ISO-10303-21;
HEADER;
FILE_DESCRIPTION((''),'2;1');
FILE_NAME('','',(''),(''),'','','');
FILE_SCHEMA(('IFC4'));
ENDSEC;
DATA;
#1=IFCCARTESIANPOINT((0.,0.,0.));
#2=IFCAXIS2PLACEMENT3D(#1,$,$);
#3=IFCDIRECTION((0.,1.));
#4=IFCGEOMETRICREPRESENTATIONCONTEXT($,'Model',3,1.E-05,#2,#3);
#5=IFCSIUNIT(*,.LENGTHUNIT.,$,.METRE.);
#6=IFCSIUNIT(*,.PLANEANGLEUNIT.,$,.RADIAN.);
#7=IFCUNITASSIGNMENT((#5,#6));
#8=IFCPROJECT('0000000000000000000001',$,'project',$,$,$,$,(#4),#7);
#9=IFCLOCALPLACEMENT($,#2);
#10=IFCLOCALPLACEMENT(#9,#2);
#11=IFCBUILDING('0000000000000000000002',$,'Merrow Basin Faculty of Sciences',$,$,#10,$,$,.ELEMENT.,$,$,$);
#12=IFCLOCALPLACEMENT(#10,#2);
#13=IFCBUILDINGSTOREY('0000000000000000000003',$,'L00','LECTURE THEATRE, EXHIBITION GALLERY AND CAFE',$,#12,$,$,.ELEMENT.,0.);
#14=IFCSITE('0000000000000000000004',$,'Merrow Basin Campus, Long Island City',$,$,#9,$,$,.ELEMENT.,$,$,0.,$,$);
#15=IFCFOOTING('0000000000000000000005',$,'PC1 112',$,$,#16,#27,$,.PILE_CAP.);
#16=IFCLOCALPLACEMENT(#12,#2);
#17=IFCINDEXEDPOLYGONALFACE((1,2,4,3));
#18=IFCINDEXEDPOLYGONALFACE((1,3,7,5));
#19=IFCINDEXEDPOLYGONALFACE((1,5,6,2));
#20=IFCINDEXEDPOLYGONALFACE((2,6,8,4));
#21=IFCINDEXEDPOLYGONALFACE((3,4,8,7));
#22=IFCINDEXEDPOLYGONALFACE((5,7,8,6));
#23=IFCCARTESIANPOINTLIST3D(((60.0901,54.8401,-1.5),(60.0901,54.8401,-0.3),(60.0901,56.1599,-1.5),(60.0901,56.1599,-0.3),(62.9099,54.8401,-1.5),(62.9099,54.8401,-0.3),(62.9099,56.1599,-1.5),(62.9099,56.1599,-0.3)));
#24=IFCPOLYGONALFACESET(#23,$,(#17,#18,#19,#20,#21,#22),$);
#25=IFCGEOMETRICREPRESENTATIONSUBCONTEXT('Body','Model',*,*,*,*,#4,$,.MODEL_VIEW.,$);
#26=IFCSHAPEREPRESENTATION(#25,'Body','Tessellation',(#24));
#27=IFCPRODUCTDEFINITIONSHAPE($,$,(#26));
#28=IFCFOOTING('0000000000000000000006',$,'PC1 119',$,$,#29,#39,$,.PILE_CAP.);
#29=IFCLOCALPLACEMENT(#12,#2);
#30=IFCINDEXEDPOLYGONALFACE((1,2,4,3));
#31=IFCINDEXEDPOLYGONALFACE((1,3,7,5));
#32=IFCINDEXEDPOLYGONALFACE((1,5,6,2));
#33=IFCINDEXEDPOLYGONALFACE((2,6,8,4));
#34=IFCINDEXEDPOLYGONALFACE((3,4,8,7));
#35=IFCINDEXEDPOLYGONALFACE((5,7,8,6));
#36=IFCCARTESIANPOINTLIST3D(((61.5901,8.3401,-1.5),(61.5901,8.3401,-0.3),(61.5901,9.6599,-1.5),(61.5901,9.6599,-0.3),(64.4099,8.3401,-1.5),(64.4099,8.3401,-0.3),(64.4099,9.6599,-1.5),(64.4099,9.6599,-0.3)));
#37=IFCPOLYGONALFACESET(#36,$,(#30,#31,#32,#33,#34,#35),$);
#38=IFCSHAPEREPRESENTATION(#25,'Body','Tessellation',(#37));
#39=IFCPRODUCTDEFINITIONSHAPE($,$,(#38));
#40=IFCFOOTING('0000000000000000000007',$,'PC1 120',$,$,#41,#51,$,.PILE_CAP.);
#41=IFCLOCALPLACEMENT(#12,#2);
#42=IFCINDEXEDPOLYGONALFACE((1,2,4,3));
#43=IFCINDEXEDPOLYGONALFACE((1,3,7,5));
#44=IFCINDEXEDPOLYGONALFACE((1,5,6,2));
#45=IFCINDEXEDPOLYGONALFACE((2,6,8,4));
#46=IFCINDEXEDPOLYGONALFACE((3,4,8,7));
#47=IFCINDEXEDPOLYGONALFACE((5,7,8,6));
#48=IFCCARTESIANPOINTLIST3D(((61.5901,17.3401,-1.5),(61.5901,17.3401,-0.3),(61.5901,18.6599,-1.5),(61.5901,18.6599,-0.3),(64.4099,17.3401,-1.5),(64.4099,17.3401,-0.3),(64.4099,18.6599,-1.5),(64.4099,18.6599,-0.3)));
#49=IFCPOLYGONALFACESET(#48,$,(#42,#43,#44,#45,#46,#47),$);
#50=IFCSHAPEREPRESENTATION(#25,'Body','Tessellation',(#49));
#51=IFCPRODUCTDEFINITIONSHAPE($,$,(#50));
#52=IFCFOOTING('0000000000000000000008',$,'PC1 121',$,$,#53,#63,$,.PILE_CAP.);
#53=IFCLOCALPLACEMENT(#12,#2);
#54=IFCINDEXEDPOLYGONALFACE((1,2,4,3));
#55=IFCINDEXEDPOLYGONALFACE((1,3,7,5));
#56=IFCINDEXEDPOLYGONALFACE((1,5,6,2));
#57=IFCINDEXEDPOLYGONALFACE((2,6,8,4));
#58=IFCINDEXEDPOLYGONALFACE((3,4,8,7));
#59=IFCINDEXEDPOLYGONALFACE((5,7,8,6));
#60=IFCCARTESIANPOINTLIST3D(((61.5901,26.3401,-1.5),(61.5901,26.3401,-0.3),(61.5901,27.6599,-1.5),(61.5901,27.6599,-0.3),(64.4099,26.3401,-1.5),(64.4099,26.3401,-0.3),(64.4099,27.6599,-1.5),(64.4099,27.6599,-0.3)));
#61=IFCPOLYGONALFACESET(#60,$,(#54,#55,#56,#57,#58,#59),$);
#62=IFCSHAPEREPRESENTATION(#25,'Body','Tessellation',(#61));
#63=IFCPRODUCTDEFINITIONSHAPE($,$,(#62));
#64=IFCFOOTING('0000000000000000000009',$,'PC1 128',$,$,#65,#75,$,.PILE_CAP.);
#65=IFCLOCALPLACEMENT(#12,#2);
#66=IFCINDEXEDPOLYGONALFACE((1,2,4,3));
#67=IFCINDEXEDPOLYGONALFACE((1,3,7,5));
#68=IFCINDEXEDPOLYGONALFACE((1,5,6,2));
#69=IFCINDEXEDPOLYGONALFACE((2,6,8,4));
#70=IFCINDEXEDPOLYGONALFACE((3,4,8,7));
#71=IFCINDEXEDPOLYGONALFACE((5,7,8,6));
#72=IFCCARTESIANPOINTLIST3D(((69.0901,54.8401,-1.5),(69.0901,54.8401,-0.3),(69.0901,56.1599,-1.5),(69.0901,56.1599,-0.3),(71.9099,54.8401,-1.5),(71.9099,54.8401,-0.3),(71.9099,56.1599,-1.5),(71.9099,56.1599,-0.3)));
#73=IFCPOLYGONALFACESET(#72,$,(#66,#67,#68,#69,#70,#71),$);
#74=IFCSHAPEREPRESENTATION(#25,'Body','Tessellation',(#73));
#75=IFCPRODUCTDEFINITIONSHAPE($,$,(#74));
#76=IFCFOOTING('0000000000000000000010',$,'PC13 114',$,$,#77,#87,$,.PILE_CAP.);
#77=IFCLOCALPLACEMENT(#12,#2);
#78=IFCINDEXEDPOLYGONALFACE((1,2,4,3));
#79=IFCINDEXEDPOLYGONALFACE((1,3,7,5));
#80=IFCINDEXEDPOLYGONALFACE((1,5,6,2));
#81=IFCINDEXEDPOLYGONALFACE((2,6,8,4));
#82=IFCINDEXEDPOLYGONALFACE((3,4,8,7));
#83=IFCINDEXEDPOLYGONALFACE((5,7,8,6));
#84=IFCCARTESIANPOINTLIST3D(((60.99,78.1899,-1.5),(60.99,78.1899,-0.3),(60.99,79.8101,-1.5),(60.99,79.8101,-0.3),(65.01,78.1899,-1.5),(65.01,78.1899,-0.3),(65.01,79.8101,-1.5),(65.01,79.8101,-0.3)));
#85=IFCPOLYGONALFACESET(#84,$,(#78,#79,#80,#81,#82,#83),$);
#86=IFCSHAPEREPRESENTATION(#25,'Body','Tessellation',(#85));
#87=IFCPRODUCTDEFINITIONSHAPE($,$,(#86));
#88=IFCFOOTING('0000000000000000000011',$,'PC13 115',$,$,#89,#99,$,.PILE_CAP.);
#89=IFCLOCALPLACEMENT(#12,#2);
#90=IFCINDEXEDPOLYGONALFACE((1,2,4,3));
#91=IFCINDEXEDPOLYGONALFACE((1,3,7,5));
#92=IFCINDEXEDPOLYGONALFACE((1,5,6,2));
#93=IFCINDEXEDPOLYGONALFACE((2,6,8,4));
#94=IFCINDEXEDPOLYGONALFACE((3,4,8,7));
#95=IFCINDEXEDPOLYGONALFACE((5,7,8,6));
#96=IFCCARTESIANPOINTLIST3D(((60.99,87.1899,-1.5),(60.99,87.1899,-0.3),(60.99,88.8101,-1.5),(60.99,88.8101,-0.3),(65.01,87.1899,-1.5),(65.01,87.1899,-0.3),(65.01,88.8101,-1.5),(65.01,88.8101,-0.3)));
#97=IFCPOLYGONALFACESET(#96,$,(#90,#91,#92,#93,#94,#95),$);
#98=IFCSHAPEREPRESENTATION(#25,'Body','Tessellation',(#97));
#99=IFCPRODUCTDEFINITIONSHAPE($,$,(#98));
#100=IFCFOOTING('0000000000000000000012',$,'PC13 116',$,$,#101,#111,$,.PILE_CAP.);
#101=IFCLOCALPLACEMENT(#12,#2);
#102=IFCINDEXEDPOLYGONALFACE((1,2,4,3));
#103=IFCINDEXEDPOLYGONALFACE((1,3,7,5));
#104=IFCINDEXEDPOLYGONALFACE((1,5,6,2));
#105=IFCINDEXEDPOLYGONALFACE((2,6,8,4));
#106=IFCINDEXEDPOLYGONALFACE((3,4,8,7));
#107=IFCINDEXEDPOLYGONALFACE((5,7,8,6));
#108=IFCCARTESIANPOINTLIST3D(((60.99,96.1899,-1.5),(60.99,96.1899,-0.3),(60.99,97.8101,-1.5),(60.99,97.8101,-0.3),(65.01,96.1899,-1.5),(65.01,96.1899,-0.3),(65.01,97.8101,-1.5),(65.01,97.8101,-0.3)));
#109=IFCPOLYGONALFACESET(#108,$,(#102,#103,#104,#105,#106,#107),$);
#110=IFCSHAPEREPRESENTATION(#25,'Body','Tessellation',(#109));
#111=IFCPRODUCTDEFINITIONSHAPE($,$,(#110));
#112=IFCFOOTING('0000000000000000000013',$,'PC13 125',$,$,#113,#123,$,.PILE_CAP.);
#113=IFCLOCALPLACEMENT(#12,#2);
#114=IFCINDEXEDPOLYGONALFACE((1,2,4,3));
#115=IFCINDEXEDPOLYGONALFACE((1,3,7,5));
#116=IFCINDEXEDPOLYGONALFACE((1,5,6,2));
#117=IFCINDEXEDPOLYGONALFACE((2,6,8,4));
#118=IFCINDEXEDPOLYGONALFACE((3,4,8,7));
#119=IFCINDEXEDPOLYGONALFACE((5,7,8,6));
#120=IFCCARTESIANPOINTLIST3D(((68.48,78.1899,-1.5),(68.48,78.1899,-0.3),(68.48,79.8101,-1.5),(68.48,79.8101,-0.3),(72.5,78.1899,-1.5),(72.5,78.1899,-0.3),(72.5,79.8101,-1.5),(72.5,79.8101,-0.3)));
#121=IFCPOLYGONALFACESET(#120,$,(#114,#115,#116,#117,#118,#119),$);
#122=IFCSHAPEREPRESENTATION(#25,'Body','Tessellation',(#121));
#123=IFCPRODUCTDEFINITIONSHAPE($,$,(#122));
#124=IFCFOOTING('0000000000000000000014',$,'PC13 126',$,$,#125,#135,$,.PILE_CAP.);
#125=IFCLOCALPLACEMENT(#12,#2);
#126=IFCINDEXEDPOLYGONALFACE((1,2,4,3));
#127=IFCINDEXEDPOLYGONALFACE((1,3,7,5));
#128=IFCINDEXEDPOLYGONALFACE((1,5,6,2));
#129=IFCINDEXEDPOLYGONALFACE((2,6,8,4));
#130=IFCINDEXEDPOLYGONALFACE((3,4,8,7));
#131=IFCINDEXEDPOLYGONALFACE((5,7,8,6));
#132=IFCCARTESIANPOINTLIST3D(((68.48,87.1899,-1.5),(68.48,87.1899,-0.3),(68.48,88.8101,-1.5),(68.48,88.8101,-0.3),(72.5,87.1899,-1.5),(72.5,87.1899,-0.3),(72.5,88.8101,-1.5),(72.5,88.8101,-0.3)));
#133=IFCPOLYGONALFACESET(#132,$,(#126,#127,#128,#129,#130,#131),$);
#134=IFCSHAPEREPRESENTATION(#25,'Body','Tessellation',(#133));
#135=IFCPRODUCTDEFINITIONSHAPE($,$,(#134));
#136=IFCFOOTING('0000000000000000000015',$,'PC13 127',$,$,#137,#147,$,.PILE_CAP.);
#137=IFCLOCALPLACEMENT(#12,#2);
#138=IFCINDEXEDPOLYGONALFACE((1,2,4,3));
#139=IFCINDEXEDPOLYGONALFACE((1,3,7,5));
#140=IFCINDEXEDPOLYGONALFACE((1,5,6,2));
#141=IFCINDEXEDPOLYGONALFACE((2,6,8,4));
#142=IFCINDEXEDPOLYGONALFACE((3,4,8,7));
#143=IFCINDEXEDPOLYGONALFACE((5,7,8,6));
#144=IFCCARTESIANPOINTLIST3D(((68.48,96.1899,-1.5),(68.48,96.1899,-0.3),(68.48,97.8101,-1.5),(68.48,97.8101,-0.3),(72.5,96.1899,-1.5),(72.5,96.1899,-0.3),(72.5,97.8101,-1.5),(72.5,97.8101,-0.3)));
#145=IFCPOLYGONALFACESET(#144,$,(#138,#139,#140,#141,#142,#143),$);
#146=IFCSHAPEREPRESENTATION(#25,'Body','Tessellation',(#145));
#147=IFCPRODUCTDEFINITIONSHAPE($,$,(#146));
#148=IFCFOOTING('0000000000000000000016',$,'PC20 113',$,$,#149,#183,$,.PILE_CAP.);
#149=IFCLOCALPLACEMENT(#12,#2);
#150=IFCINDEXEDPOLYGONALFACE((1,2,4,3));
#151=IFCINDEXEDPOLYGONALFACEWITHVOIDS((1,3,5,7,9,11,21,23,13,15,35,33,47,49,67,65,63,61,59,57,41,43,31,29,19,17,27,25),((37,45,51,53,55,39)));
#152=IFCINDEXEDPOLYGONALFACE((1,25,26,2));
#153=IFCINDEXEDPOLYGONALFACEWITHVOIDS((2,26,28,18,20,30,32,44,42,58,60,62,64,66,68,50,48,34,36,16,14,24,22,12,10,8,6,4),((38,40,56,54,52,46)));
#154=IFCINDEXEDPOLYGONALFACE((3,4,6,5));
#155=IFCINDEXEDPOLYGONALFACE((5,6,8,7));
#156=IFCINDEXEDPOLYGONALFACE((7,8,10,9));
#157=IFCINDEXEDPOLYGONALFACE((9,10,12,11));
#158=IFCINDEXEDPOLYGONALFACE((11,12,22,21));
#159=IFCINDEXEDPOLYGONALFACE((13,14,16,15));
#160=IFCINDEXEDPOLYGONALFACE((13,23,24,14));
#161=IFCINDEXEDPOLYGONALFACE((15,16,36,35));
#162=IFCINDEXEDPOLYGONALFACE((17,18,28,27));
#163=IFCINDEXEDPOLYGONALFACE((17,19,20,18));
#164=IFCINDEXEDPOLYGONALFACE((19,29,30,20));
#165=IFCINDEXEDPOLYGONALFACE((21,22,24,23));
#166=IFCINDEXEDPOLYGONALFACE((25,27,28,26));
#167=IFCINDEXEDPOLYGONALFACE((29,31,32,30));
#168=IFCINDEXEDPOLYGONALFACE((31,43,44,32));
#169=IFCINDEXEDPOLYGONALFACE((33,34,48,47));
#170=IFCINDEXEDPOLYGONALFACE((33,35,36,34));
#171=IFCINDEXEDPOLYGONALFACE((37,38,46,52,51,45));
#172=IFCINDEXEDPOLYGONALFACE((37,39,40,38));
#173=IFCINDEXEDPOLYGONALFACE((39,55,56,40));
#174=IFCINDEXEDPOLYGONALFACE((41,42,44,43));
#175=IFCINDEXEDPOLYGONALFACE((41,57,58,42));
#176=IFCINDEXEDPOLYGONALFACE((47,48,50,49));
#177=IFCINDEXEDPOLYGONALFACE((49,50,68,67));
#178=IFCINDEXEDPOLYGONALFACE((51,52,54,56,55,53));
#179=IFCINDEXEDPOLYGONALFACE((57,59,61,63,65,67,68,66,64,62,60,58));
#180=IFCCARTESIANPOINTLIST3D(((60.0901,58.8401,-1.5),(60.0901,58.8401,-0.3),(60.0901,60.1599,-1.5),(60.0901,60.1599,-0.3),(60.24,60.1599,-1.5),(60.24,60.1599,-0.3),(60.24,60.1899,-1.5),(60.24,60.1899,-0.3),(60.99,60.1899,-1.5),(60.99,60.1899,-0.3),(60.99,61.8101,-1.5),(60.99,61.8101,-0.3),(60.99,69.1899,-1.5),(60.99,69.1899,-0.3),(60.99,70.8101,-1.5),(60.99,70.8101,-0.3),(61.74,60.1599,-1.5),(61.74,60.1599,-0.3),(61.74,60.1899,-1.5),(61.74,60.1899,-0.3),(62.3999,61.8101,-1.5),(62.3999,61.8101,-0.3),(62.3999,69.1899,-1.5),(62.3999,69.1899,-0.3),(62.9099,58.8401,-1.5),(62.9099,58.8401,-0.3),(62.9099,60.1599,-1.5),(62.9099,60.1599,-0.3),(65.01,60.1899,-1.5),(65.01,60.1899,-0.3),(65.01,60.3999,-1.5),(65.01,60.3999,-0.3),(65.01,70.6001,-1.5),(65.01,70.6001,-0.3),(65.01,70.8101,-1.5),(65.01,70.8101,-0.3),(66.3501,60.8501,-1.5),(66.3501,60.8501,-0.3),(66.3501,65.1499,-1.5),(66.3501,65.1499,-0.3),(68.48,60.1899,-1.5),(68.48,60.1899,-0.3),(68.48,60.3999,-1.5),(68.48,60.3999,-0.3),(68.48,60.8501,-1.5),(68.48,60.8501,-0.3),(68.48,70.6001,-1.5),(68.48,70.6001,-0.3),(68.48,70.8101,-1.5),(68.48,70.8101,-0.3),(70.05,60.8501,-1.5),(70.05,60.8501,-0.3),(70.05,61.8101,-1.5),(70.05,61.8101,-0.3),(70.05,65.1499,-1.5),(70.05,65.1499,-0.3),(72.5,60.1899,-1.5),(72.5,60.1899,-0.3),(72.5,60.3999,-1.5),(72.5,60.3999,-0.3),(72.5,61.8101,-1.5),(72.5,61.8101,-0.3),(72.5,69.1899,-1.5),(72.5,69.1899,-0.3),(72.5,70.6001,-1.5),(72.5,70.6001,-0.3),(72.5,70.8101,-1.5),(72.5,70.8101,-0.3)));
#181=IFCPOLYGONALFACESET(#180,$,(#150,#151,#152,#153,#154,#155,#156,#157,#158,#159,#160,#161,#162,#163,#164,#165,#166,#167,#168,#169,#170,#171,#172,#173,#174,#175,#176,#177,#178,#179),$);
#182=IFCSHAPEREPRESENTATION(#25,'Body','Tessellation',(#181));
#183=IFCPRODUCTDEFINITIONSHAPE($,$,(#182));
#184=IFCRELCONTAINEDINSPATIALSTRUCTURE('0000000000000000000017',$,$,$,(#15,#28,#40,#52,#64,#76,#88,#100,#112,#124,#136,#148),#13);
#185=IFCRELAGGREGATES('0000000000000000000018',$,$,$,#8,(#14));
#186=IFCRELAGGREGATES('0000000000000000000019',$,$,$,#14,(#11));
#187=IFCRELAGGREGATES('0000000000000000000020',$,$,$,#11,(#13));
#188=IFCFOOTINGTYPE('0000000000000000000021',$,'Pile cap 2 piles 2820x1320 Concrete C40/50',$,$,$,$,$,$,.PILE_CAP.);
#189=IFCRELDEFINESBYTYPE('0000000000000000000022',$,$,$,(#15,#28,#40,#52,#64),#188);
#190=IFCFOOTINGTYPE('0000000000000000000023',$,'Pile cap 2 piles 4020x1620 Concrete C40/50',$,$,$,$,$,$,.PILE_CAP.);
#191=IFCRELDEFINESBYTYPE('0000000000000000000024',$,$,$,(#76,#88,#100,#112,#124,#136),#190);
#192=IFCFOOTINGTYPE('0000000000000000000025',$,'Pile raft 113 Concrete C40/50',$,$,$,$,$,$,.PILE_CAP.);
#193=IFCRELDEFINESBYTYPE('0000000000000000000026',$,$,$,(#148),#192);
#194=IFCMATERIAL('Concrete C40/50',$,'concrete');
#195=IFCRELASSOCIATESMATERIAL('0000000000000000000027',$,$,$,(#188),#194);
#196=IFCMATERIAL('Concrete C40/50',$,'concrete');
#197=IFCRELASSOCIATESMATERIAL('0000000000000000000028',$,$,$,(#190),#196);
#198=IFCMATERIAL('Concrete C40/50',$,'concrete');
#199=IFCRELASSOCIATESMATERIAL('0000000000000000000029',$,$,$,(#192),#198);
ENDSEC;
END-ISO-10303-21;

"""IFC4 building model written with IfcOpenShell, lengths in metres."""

from ifc_helpers import new_model, si_unit, direction, frame, origin, place, context, subcontext, project, spatial, polyline, outline, extrude, material, type_object, element, save


model = new_model("IFC4")

# Units and contexts
model_context = context("Model", 3, precision=1e-05, world=origin(), true_north=direction((0.0, 1.0)))
body_context = subcontext(model_context, "Body", "Model", "MODEL_VIEW")
ifc_project = project(units=[si_unit("LENGTHUNIT", "METRE"), si_unit("PLANEANGLEUNIT", "RADIAN")], contexts=[model_context])

# Site, building, storey
site_placement = place(None, origin())
site = spatial("IfcSite", under=ifc_project, at=site_placement, Name="Merrow Basin Campus, Long Island City", CompositionType="ELEMENT", RefElevation=0.0)
building_placement = place(site_placement, origin())
building = spatial("IfcBuilding", under=site, at=building_placement, Name="Merrow Basin Faculty of Sciences", CompositionType="ELEMENT")
storey_placement = place(building_placement, origin())
storey = spatial("IfcBuildingStorey", under=building, at=storey_placement, Name="L00", Description="LECTURE THEATRE, EXHIBITION GALLERY AND CAFE", CompositionType="ELEMENT", Elevation=0.0)

# Footings
ifc_material_1 = material(Name="Concrete C40/50", Category="concrete")
footing_type_1 = type_object("IfcFootingType", Name="Pile cap 2 piles 2820x1320 Concrete C40/50", PredefinedType="PILE_CAP", material=ifc_material_1)
footing_1_placement = place(storey_placement, frame((0.0, 0.0, -1.5)))
element("IfcFooting", 1, at=footing_1_placement, inside=storey, type_object=footing_type_1, Name="PC1 112", PredefinedType="PILE_CAP", context=body_context, shape_type="SweptSolid", body=[
    extrude(outline(polyline([(60.0901, 56.1599), (62.9099, 56.1599), (62.9099, 54.8401), (60.0901, 54.8401), (60.0901, 56.1599)])), origin(), (0.0, 0.0, 1.0), 1.2),
])
footing_2_placement = place(storey_placement, frame((0.0, 0.0, -1.5)))
element("IfcFooting", 2, at=footing_2_placement, inside=storey, type_object=footing_type_1, Name="PC1 119", PredefinedType="PILE_CAP", context=body_context, shape_type="SweptSolid", body=[
    extrude(outline(polyline([(61.5901, 9.6599), (64.4099, 9.6599), (64.4099, 8.3401), (61.5901, 8.3401), (61.5901, 9.6599)])), origin(), (0.0, 0.0, 1.0), 1.2),
])
footing_3_placement = place(storey_placement, frame((0.0, 0.0, -1.5)))
element("IfcFooting", 3, at=footing_3_placement, inside=storey, type_object=footing_type_1, Name="PC1 120", PredefinedType="PILE_CAP", context=body_context, shape_type="SweptSolid", body=[
    extrude(outline(polyline([(61.5901, 18.6599), (64.4099, 18.6599), (64.4099, 17.3401), (61.5901, 17.3401), (61.5901, 18.6599)])), origin(), (0.0, 0.0, 1.0), 1.2),
])
footing_4_placement = place(storey_placement, frame((0.0, 0.0, -1.5)))
element("IfcFooting", 4, at=footing_4_placement, inside=storey, type_object=footing_type_1, Name="PC1 121", PredefinedType="PILE_CAP", context=body_context, shape_type="SweptSolid", body=[
    extrude(outline(polyline([(61.5901, 27.6599), (64.4099, 27.6599), (64.4099, 26.3401), (61.5901, 26.3401), (61.5901, 27.6599)])), origin(), (0.0, 0.0, 1.0), 1.2),
])
footing_5_placement = place(storey_placement, frame((0.0, 0.0, -1.5)))
element("IfcFooting", 5, at=footing_5_placement, inside=storey, type_object=footing_type_1, Name="PC1 128", PredefinedType="PILE_CAP", context=body_context, shape_type="SweptSolid", body=[
    extrude(outline(polyline([(69.0901, 54.8401), (69.0901, 56.1599), (71.9099, 56.1599), (71.9099, 54.8401), (69.0901, 54.8401)])), origin(), (0.0, 0.0, 1.0), 1.2),
])
ifc_material_2 = material(Name="Concrete C40/50", Category="concrete")
footing_type_2 = type_object("IfcFootingType", Name="Pile cap 2 piles 4020x1620 Concrete C40/50", PredefinedType="PILE_CAP", material=ifc_material_2)
footing_6_placement = place(storey_placement, frame((0.0, 0.0, -1.5)))
element("IfcFooting", 6, at=footing_6_placement, inside=storey, type_object=footing_type_2, Name="PC13 114", PredefinedType="PILE_CAP", context=body_context, shape_type="SweptSolid", body=[
    extrude(outline(polyline([(60.99, 79.8101), (65.01, 79.8101), (65.01, 78.1899), (60.99, 78.1899), (60.99, 79.8101)])), origin(), (0.0, 0.0, 1.0), 1.2),
])
footing_7_placement = place(storey_placement, frame((0.0, 0.0, -1.5)))
element("IfcFooting", 7, at=footing_7_placement, inside=storey, type_object=footing_type_2, Name="PC13 115", PredefinedType="PILE_CAP", context=body_context, shape_type="SweptSolid", body=[
    extrude(outline(polyline([(60.99, 88.8101), (65.01, 88.8101), (65.01, 87.1899), (60.99, 87.1899), (60.99, 88.8101)])), origin(), (0.0, 0.0, 1.0), 1.2),
])
footing_8_placement = place(storey_placement, frame((0.0, 0.0, -1.5)))
element("IfcFooting", 8, at=footing_8_placement, inside=storey, type_object=footing_type_2, Name="PC13 116", PredefinedType="PILE_CAP", context=body_context, shape_type="SweptSolid", body=[
    extrude(outline(polyline([(60.99, 96.1899), (60.99, 97.8101), (65.01, 97.8101), (65.01, 96.1899), (60.99, 96.1899)])), origin(), (0.0, 0.0, 1.0), 1.2),
])
footing_9_placement = place(storey_placement, frame((0.0, 0.0, -1.5)))
element("IfcFooting", 9, at=footing_9_placement, inside=storey, type_object=footing_type_2, Name="PC13 125", PredefinedType="PILE_CAP", context=body_context, shape_type="SweptSolid", body=[
    extrude(outline(polyline([(68.48, 79.8101), (72.5, 79.8101), (72.5, 78.1899), (68.48, 78.1899), (68.48, 79.8101)])), origin(), (0.0, 0.0, 1.0), 1.2),
])
footing_10_placement = place(storey_placement, frame((0.0, 0.0, -1.5)))
element("IfcFooting", 10, at=footing_10_placement, inside=storey, type_object=footing_type_2, Name="PC13 126", PredefinedType="PILE_CAP", context=body_context, shape_type="SweptSolid", body=[
    extrude(outline(polyline([(68.48, 88.8101), (72.5, 88.8101), (72.5, 87.1899), (68.48, 87.1899), (68.48, 88.8101)])), origin(), (0.0, 0.0, 1.0), 1.2),
])
footing_11_placement = place(storey_placement, frame((0.0, 0.0, -1.5)))
element("IfcFooting", 11, at=footing_11_placement, inside=storey, type_object=footing_type_2, Name="PC13 127", PredefinedType="PILE_CAP", context=body_context, shape_type="SweptSolid", body=[
    extrude(outline(polyline([(68.48, 97.8101), (72.5, 97.8101), (72.5, 96.1899), (68.48, 96.1899), (68.48, 97.8101)])), origin(), (0.0, 0.0, 1.0), 1.2),
])
ifc_material_3 = material(Name="Concrete C40/50", Category="concrete")
footing_type_3 = type_object("IfcFootingType", Name="Pile raft 113 Concrete C40/50", PredefinedType="PILE_CAP", material=ifc_material_3)
footing_12_placement = place(storey_placement, frame((0.0, 0.0, -1.5)))
element("IfcFooting", 12, at=footing_12_placement, inside=storey, type_object=footing_type_3, Name="PC20 113", PredefinedType="PILE_CAP", context=body_context, shape_type="SweptSolid", body=[
    extrude(outline(polyline([(60.24, 60.1599), (60.24, 60.1899), (60.99, 60.1899), (60.99, 61.8101), (62.3999, 61.8101), (62.3999, 69.1899), (60.99, 69.1899), (60.99, 70.8101), (65.01, 70.8101), (65.01, 70.6001), (68.48, 70.6001), (68.48, 70.8101), (72.5, 70.8101), (72.5, 70.6001), (72.5, 69.1899), (72.5, 61.8101), (72.5, 60.3999), (72.5, 60.1899), (68.48, 60.1899), (68.48, 60.3999), (65.01, 60.3999), (65.01, 60.1899), (61.74, 60.1899), (61.74, 60.1599), (62.9099, 60.1599), (62.9099, 58.8401), (60.0901, 58.8401), (60.0901, 60.1599), (60.24, 60.1599)]), holes=[polyline([(66.3501, 60.8501), (68.48, 60.8501), (70.05, 60.8501), (70.05, 61.8101), (70.05, 65.1499), (66.3501, 65.1499), (66.3501, 60.8501)])]), origin(), (0.0, 0.0, 1.0), 1.2),
])

save(model, "model.ifc")
